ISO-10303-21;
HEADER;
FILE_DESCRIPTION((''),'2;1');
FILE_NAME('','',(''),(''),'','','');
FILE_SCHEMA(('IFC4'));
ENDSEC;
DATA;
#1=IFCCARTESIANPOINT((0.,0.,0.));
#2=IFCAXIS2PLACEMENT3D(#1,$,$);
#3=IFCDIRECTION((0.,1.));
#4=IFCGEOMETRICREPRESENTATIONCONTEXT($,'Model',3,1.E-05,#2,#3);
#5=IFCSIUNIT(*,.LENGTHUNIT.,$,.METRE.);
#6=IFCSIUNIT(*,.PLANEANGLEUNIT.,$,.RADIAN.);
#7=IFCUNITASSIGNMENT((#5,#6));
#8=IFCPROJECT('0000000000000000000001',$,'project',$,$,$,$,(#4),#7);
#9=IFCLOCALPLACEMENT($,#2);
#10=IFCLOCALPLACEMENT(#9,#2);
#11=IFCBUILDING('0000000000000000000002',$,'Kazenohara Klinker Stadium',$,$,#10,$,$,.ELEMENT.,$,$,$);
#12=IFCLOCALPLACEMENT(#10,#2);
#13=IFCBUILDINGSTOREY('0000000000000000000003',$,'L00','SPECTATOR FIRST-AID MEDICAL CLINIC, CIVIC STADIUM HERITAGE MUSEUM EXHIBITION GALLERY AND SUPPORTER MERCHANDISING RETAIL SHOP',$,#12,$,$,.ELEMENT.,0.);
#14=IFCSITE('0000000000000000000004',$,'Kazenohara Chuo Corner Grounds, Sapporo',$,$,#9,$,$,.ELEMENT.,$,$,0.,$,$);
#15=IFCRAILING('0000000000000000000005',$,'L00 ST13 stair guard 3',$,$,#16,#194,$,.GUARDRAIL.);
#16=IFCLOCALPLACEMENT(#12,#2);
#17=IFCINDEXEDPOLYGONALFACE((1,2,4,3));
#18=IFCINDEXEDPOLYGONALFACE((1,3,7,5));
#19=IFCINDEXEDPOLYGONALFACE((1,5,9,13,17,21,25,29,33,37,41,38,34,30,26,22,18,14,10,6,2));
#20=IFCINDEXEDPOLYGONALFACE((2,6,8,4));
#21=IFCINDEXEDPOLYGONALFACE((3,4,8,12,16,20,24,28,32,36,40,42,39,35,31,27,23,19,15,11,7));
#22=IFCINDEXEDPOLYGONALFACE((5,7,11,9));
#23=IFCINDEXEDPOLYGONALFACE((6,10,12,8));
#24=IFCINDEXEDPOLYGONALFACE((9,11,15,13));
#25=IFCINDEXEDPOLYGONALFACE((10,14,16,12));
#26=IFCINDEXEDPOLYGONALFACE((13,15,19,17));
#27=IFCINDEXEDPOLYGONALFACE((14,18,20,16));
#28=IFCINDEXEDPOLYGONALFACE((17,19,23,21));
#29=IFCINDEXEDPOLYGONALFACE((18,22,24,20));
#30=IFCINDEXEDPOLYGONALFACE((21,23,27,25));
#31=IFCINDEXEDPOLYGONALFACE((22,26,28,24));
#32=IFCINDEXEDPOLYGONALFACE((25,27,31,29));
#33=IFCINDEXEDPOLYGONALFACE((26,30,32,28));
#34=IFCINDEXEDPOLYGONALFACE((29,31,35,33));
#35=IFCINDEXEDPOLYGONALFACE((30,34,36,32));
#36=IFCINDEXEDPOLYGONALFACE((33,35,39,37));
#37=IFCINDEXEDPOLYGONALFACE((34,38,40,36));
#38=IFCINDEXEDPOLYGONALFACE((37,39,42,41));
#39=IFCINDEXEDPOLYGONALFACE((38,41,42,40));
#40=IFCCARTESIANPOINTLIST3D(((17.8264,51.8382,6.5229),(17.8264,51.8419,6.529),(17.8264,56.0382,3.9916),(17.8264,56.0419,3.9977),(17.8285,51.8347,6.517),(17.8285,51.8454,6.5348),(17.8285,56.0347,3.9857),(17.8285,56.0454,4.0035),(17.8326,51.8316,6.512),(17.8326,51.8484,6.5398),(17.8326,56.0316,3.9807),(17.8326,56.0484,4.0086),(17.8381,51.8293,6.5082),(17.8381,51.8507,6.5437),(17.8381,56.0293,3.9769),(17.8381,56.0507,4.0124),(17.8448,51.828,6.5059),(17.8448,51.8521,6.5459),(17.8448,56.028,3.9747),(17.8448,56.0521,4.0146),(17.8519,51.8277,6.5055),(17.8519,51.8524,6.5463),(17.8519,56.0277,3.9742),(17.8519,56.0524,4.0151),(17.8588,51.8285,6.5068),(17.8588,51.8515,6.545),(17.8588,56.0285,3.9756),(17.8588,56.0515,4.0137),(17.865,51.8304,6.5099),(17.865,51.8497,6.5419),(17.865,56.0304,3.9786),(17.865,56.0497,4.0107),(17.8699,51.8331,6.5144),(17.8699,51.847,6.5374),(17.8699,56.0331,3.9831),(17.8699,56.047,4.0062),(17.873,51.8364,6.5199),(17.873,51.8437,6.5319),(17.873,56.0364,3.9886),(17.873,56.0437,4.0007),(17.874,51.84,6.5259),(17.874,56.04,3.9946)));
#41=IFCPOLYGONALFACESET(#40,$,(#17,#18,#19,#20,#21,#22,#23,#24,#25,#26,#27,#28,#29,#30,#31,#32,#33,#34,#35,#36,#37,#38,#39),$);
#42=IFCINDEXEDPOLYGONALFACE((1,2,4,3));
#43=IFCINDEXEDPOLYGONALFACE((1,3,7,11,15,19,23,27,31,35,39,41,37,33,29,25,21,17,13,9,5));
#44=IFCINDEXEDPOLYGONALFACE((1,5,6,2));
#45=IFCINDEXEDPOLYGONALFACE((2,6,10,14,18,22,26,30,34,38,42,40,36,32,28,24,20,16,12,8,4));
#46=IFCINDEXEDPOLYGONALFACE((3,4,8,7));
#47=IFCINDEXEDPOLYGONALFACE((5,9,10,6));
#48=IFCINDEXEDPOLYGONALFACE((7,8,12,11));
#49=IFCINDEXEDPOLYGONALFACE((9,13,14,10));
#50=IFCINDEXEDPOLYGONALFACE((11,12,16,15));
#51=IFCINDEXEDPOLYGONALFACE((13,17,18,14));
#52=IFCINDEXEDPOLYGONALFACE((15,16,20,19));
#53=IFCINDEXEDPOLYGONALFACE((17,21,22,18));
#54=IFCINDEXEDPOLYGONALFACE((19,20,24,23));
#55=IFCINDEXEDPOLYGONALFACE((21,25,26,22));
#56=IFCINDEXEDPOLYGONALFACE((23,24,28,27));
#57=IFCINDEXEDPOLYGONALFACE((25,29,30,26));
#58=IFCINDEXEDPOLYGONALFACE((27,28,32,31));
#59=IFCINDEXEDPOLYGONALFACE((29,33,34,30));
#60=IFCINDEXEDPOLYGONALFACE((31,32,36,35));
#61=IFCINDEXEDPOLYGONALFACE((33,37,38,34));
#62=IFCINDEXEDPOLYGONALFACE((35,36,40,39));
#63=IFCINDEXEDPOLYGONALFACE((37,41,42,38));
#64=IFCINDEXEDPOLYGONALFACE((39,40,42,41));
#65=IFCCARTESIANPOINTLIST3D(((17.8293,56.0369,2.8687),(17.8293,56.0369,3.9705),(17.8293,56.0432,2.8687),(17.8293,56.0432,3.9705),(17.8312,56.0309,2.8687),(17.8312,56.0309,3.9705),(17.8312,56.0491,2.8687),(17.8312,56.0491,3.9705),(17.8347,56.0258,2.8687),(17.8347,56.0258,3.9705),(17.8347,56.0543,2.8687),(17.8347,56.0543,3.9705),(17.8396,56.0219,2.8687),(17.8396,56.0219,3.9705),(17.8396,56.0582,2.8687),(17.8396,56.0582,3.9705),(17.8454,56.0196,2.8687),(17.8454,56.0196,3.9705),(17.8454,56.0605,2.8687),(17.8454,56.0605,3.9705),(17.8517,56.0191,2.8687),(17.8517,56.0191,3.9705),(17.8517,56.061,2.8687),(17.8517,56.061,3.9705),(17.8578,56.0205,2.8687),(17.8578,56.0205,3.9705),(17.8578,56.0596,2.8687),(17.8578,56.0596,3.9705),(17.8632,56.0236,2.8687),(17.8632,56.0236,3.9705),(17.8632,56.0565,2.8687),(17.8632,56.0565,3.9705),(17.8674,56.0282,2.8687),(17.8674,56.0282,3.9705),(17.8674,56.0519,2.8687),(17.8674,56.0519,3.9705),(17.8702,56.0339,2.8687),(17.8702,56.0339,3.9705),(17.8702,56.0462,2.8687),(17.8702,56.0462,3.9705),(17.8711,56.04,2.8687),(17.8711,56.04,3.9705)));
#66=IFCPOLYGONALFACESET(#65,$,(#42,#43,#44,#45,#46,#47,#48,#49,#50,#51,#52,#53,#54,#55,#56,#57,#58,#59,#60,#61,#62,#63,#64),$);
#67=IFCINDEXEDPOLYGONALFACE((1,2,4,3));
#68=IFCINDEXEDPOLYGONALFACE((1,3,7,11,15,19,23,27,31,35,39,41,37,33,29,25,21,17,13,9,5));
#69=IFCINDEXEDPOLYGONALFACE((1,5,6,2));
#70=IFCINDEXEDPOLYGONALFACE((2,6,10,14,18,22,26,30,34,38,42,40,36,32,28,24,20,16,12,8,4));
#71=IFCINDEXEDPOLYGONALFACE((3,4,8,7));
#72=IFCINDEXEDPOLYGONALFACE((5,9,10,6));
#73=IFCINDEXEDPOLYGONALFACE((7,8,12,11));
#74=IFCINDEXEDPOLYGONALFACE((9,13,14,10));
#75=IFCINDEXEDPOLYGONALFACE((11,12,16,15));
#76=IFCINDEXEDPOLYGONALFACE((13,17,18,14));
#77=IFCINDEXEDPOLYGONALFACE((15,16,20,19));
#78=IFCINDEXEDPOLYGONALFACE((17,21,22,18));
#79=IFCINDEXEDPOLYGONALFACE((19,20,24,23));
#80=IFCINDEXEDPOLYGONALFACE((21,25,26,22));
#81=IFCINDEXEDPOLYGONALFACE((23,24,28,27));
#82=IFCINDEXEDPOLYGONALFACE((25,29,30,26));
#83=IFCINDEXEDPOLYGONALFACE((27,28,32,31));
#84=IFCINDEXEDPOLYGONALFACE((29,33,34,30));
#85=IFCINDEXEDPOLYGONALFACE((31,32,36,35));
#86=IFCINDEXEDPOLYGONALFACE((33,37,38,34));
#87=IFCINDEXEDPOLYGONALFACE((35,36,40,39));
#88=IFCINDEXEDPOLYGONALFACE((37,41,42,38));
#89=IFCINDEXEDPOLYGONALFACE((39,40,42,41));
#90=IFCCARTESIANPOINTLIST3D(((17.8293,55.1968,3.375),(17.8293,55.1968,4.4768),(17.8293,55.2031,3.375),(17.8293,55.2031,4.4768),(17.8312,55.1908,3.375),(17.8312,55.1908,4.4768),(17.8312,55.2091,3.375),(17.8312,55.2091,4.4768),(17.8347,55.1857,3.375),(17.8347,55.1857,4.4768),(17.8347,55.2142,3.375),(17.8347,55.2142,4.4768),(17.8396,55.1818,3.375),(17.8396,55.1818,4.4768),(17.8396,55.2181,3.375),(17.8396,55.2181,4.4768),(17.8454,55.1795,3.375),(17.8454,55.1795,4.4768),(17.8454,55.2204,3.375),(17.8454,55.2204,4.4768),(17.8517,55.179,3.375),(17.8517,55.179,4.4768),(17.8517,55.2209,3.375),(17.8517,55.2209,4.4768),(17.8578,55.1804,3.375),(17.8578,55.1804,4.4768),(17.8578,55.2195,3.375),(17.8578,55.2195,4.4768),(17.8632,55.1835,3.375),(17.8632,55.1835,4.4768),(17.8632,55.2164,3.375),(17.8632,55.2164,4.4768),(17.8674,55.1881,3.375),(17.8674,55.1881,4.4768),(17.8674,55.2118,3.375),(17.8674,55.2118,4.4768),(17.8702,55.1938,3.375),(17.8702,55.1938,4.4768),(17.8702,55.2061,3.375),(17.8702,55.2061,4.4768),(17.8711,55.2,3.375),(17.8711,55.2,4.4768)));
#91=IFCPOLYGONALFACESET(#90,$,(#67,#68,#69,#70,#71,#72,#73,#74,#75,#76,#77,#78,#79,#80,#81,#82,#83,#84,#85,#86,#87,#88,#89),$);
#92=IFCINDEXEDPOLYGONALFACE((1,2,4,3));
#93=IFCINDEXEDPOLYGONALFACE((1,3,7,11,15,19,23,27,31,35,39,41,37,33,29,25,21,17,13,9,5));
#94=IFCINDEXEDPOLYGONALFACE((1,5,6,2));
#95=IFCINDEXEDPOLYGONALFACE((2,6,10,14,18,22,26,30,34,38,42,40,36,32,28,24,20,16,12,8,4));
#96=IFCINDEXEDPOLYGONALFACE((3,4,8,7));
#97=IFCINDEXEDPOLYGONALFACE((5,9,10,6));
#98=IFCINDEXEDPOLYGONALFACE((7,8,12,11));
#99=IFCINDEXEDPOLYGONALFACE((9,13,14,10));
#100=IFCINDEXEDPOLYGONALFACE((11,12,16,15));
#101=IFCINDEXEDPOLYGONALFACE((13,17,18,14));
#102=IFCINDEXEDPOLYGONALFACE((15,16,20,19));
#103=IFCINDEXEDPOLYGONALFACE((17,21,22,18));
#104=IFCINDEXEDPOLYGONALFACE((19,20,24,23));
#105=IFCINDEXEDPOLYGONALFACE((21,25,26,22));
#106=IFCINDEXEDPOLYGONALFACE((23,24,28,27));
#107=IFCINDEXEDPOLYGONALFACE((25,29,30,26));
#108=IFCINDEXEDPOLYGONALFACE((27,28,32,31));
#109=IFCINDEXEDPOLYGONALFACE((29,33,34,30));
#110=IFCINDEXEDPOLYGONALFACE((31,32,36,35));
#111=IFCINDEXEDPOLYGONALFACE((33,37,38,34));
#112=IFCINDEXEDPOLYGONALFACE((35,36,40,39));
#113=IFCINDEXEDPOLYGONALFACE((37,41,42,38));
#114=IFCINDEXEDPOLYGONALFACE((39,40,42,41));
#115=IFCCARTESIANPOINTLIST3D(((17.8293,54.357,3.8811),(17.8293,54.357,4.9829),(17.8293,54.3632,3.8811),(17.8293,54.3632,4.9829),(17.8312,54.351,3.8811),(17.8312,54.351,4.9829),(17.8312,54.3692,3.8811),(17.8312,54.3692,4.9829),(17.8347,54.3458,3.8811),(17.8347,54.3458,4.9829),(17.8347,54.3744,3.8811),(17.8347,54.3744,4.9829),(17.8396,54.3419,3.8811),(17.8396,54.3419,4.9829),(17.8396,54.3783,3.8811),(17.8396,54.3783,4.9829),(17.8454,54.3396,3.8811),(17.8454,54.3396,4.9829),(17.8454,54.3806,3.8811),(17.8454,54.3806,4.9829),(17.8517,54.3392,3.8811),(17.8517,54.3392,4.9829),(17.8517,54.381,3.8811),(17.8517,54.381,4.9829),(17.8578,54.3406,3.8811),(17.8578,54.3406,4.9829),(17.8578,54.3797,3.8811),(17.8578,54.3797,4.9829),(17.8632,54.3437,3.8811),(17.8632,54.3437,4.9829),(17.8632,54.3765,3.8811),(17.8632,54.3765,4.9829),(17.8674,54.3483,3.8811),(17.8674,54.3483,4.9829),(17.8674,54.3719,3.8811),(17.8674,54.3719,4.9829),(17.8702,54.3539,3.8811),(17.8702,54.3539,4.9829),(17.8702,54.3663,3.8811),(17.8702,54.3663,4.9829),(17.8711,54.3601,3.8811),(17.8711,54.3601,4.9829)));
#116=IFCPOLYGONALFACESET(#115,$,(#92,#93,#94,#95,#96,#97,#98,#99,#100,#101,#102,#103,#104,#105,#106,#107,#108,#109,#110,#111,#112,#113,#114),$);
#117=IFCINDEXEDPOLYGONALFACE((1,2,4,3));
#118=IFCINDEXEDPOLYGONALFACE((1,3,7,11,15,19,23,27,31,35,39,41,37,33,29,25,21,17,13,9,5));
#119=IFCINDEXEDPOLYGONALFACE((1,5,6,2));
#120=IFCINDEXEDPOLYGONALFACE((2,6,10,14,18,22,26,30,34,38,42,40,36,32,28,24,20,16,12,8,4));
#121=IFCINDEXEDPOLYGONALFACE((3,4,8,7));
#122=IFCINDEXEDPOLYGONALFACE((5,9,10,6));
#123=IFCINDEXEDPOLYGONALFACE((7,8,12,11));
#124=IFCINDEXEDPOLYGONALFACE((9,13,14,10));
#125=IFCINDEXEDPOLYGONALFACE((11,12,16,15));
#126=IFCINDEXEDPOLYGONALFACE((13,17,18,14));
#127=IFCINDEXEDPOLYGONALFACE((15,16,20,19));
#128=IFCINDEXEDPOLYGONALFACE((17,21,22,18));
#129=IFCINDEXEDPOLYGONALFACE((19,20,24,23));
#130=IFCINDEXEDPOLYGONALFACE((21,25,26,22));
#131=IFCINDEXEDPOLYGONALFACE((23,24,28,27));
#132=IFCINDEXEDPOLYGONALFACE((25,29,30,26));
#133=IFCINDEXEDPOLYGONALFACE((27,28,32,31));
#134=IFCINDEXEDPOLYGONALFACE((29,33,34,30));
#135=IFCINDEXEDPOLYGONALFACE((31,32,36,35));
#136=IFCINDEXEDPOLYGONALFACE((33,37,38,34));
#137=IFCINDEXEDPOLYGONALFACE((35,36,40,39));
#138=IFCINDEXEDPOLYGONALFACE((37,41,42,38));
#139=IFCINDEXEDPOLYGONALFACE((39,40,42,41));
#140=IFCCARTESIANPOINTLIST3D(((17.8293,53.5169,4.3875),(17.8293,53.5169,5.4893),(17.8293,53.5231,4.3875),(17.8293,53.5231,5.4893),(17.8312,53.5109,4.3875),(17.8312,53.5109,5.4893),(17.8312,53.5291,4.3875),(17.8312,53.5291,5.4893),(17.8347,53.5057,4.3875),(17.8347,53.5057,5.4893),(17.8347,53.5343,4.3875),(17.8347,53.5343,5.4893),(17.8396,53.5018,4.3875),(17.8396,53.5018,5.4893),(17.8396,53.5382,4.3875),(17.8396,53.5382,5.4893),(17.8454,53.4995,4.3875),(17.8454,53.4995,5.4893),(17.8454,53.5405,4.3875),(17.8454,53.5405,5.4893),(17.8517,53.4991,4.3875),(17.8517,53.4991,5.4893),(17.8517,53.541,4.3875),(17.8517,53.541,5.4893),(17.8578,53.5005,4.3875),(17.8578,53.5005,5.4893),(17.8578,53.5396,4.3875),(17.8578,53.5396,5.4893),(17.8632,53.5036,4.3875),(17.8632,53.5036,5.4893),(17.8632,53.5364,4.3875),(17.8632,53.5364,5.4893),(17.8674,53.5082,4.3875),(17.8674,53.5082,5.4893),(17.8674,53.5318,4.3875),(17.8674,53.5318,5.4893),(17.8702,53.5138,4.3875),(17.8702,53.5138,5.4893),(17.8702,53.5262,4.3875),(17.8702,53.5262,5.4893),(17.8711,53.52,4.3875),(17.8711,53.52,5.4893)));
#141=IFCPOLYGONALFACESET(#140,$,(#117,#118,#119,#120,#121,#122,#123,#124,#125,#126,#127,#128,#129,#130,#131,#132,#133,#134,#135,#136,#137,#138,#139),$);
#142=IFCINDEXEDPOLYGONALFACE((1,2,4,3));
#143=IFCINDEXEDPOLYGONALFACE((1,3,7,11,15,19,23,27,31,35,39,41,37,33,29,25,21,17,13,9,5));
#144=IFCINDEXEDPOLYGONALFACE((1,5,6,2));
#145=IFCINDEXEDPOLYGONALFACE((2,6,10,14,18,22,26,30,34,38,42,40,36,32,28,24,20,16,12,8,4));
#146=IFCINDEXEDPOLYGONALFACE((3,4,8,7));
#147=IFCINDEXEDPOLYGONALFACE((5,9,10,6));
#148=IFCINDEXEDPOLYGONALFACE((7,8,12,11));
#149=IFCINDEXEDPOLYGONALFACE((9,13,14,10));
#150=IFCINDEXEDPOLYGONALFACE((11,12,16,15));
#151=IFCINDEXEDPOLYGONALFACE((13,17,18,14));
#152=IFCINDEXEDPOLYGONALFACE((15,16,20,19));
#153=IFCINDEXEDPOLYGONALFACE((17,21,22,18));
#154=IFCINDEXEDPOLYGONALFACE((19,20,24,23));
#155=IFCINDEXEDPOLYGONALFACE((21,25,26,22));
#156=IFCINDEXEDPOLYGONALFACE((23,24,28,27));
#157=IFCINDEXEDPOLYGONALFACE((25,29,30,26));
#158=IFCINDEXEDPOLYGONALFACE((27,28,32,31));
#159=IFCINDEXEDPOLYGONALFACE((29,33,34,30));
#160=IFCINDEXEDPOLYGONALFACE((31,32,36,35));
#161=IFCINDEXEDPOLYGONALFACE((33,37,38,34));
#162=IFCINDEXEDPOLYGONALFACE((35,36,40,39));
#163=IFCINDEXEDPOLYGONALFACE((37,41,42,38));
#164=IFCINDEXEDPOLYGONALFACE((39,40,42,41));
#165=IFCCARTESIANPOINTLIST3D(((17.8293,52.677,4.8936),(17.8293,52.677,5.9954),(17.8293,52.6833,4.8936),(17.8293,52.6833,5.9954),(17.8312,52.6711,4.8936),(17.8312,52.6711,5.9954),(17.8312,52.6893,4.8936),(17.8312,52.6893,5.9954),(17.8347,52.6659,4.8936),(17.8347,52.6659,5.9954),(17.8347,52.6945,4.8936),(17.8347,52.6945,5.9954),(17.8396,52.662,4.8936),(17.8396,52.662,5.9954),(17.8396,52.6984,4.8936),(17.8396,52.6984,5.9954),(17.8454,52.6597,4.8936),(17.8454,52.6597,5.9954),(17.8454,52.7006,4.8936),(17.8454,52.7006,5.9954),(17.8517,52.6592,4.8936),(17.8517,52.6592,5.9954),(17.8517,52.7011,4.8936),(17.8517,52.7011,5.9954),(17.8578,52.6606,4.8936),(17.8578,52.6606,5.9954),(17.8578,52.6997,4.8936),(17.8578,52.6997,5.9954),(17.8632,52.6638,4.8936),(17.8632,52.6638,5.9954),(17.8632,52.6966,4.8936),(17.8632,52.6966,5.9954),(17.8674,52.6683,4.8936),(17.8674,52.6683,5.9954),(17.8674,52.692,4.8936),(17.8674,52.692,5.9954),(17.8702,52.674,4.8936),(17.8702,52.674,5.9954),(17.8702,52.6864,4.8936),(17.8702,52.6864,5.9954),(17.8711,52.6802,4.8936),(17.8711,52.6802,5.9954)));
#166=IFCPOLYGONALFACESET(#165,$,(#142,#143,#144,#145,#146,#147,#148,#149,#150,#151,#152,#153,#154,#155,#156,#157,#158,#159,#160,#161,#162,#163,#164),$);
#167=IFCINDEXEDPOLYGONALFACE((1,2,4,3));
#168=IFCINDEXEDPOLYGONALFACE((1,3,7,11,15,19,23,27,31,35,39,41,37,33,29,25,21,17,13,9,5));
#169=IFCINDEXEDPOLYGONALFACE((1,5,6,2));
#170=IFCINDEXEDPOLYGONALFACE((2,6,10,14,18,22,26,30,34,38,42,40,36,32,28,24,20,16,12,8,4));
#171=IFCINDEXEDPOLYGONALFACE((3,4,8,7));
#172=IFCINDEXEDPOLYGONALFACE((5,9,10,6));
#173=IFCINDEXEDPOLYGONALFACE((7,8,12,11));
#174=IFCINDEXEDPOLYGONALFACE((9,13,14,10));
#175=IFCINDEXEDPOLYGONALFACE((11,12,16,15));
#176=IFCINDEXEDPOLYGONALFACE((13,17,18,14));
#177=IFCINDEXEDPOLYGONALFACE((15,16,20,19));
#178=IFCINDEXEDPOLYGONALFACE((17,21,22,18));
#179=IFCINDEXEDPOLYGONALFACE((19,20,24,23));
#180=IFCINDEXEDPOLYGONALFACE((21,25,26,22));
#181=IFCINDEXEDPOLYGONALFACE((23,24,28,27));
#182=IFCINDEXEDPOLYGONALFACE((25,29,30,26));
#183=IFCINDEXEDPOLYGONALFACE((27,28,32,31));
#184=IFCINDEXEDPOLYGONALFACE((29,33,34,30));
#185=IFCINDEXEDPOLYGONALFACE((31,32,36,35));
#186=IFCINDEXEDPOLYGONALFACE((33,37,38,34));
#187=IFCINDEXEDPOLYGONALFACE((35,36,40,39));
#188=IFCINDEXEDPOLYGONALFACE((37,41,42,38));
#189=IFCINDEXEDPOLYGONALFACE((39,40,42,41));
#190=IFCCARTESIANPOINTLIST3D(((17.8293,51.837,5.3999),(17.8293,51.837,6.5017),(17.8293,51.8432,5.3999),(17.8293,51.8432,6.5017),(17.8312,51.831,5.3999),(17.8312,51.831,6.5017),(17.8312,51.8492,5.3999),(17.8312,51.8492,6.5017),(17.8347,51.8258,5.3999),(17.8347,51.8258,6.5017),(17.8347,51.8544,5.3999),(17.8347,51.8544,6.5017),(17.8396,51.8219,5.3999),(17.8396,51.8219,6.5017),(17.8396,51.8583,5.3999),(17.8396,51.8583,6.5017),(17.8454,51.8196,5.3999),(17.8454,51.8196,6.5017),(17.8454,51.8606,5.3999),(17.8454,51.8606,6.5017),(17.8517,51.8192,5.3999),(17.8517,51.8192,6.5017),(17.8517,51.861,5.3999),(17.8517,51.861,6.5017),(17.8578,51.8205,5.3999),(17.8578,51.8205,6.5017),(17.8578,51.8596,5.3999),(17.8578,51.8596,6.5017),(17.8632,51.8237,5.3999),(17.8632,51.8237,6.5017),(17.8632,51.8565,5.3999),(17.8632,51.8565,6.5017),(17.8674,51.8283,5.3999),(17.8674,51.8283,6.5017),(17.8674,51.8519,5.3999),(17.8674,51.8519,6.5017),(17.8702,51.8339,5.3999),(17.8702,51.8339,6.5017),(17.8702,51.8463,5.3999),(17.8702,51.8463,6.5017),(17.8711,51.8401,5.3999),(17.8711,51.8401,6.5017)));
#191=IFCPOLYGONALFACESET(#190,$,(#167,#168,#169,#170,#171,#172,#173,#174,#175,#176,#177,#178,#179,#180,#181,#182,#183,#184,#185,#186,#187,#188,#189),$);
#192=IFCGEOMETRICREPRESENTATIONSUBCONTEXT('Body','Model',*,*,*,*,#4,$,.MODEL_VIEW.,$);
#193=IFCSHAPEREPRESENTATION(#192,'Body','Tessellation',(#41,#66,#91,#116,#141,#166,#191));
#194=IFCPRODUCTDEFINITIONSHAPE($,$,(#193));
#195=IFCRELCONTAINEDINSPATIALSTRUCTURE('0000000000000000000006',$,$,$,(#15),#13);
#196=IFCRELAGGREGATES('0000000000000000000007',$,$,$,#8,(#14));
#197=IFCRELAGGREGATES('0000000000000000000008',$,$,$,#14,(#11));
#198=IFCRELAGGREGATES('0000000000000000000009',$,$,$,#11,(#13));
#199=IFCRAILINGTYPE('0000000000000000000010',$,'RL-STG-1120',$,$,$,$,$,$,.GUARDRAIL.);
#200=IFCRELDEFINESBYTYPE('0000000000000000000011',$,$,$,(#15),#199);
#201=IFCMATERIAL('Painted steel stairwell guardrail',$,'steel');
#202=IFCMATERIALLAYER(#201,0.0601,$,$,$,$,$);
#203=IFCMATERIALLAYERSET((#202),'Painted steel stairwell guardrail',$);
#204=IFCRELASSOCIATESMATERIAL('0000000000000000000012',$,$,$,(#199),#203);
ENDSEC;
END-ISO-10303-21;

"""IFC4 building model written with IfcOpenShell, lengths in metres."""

from ifc_helpers import new_model, si_unit, direction, frame, origin, origin_2d, place, context, subcontext, project, spatial, circle, extrude, material, layer, layer_set, type_object, element, save


model = new_model("IFC4")

# Units and contexts
model_context = context("Model", 3, precision=1e-05, world=origin(), true_north=direction((0.0, 1.0)))
body_context = subcontext(model_context, "Body", "Model", "MODEL_VIEW")
ifc_project = project(units=[si_unit("LENGTHUNIT", "METRE"), si_unit("PLANEANGLEUNIT", "RADIAN")], contexts=[model_context])

# Site, building, storey
site_placement = place(None, origin())
site = spatial("IfcSite", under=ifc_project, at=site_placement, Name="Kazenohara Chuo Corner Grounds, Sapporo", CompositionType="ELEMENT", RefElevation=0.0)
building_placement = place(site_placement, origin())
building = spatial("IfcBuilding", under=site, at=building_placement, Name="Kazenohara Klinker Stadium", CompositionType="ELEMENT")
storey_placement = place(building_placement, origin())
storey = spatial("IfcBuildingStorey", under=building, at=storey_placement, Name="L00", Description="SPECTATOR FIRST-AID MEDICAL CLINIC, CIVIC STADIUM HERITAGE MUSEUM EXHIBITION GALLERY AND SUPPORTER MERCHANDISING RETAIL SHOP", CompositionType="ELEMENT", Elevation=0.0)

# Railing
ifc_material_1 = material(Name="Painted steel stairwell guardrail", Category="steel")
ifc_layer_1 = layer(ifc_material_1, 0.0601)
ifc_layer_set_1 = layer_set([ifc_layer_1], Name="Painted steel stairwell guardrail")
railing_type_1 = type_object("IfcRailingType", Name="RL-STG-1120", PredefinedType="GUARDRAIL", material=ifc_layer_set_1)
railing_1_placement = place(storey_placement, frame((17.8501, 56.04, 2.8687)))
element("IfcRailing", 1, at=railing_1_placement, inside=storey, type_object=railing_type_1, Name="L00 ST13 stair guard 3", PredefinedType="GUARDRAIL", context=body_context, shape_type="SweptSolid", body=[
    extrude(circle(Radius=0.0239, at=origin_2d()), frame((0.0, 0.0, 1.126), z_axis=(0.0, -0.856476, 0.516186), x_axis=(1.0, 0.0, 0.0)), (0.0, 0.0, 1.0), 4.9038),
    extrude(circle(Radius=0.021, at=origin_2d()), origin(), (0.0, 0.0, 1.0), 1.1018),
    extrude(circle(Radius=0.021, at=origin_2d()), frame((0.0, -0.8401, 0.5063)), (0.0, 0.0, 1.0), 1.1018),
    extrude(circle(Radius=0.021, at=origin_2d()), frame((0.0, -1.6799, 1.0125)), (0.0, 0.0, 1.0), 1.1018),
    extrude(circle(Radius=0.021, at=origin_2d()), frame((0.0, -2.52, 1.5188)), (0.0, 0.0, 1.0), 1.1018),
    extrude(circle(Radius=0.021, at=origin_2d()), frame((0.0, -3.3599, 2.0249)), (0.0, 0.0, 1.0), 1.1018),
    extrude(circle(Radius=0.021, at=origin_2d()), frame((0.0, -4.2, 2.5312)), (0.0, 0.0, 1.0), 1.1018),
])

save(model, "model.ifc")
